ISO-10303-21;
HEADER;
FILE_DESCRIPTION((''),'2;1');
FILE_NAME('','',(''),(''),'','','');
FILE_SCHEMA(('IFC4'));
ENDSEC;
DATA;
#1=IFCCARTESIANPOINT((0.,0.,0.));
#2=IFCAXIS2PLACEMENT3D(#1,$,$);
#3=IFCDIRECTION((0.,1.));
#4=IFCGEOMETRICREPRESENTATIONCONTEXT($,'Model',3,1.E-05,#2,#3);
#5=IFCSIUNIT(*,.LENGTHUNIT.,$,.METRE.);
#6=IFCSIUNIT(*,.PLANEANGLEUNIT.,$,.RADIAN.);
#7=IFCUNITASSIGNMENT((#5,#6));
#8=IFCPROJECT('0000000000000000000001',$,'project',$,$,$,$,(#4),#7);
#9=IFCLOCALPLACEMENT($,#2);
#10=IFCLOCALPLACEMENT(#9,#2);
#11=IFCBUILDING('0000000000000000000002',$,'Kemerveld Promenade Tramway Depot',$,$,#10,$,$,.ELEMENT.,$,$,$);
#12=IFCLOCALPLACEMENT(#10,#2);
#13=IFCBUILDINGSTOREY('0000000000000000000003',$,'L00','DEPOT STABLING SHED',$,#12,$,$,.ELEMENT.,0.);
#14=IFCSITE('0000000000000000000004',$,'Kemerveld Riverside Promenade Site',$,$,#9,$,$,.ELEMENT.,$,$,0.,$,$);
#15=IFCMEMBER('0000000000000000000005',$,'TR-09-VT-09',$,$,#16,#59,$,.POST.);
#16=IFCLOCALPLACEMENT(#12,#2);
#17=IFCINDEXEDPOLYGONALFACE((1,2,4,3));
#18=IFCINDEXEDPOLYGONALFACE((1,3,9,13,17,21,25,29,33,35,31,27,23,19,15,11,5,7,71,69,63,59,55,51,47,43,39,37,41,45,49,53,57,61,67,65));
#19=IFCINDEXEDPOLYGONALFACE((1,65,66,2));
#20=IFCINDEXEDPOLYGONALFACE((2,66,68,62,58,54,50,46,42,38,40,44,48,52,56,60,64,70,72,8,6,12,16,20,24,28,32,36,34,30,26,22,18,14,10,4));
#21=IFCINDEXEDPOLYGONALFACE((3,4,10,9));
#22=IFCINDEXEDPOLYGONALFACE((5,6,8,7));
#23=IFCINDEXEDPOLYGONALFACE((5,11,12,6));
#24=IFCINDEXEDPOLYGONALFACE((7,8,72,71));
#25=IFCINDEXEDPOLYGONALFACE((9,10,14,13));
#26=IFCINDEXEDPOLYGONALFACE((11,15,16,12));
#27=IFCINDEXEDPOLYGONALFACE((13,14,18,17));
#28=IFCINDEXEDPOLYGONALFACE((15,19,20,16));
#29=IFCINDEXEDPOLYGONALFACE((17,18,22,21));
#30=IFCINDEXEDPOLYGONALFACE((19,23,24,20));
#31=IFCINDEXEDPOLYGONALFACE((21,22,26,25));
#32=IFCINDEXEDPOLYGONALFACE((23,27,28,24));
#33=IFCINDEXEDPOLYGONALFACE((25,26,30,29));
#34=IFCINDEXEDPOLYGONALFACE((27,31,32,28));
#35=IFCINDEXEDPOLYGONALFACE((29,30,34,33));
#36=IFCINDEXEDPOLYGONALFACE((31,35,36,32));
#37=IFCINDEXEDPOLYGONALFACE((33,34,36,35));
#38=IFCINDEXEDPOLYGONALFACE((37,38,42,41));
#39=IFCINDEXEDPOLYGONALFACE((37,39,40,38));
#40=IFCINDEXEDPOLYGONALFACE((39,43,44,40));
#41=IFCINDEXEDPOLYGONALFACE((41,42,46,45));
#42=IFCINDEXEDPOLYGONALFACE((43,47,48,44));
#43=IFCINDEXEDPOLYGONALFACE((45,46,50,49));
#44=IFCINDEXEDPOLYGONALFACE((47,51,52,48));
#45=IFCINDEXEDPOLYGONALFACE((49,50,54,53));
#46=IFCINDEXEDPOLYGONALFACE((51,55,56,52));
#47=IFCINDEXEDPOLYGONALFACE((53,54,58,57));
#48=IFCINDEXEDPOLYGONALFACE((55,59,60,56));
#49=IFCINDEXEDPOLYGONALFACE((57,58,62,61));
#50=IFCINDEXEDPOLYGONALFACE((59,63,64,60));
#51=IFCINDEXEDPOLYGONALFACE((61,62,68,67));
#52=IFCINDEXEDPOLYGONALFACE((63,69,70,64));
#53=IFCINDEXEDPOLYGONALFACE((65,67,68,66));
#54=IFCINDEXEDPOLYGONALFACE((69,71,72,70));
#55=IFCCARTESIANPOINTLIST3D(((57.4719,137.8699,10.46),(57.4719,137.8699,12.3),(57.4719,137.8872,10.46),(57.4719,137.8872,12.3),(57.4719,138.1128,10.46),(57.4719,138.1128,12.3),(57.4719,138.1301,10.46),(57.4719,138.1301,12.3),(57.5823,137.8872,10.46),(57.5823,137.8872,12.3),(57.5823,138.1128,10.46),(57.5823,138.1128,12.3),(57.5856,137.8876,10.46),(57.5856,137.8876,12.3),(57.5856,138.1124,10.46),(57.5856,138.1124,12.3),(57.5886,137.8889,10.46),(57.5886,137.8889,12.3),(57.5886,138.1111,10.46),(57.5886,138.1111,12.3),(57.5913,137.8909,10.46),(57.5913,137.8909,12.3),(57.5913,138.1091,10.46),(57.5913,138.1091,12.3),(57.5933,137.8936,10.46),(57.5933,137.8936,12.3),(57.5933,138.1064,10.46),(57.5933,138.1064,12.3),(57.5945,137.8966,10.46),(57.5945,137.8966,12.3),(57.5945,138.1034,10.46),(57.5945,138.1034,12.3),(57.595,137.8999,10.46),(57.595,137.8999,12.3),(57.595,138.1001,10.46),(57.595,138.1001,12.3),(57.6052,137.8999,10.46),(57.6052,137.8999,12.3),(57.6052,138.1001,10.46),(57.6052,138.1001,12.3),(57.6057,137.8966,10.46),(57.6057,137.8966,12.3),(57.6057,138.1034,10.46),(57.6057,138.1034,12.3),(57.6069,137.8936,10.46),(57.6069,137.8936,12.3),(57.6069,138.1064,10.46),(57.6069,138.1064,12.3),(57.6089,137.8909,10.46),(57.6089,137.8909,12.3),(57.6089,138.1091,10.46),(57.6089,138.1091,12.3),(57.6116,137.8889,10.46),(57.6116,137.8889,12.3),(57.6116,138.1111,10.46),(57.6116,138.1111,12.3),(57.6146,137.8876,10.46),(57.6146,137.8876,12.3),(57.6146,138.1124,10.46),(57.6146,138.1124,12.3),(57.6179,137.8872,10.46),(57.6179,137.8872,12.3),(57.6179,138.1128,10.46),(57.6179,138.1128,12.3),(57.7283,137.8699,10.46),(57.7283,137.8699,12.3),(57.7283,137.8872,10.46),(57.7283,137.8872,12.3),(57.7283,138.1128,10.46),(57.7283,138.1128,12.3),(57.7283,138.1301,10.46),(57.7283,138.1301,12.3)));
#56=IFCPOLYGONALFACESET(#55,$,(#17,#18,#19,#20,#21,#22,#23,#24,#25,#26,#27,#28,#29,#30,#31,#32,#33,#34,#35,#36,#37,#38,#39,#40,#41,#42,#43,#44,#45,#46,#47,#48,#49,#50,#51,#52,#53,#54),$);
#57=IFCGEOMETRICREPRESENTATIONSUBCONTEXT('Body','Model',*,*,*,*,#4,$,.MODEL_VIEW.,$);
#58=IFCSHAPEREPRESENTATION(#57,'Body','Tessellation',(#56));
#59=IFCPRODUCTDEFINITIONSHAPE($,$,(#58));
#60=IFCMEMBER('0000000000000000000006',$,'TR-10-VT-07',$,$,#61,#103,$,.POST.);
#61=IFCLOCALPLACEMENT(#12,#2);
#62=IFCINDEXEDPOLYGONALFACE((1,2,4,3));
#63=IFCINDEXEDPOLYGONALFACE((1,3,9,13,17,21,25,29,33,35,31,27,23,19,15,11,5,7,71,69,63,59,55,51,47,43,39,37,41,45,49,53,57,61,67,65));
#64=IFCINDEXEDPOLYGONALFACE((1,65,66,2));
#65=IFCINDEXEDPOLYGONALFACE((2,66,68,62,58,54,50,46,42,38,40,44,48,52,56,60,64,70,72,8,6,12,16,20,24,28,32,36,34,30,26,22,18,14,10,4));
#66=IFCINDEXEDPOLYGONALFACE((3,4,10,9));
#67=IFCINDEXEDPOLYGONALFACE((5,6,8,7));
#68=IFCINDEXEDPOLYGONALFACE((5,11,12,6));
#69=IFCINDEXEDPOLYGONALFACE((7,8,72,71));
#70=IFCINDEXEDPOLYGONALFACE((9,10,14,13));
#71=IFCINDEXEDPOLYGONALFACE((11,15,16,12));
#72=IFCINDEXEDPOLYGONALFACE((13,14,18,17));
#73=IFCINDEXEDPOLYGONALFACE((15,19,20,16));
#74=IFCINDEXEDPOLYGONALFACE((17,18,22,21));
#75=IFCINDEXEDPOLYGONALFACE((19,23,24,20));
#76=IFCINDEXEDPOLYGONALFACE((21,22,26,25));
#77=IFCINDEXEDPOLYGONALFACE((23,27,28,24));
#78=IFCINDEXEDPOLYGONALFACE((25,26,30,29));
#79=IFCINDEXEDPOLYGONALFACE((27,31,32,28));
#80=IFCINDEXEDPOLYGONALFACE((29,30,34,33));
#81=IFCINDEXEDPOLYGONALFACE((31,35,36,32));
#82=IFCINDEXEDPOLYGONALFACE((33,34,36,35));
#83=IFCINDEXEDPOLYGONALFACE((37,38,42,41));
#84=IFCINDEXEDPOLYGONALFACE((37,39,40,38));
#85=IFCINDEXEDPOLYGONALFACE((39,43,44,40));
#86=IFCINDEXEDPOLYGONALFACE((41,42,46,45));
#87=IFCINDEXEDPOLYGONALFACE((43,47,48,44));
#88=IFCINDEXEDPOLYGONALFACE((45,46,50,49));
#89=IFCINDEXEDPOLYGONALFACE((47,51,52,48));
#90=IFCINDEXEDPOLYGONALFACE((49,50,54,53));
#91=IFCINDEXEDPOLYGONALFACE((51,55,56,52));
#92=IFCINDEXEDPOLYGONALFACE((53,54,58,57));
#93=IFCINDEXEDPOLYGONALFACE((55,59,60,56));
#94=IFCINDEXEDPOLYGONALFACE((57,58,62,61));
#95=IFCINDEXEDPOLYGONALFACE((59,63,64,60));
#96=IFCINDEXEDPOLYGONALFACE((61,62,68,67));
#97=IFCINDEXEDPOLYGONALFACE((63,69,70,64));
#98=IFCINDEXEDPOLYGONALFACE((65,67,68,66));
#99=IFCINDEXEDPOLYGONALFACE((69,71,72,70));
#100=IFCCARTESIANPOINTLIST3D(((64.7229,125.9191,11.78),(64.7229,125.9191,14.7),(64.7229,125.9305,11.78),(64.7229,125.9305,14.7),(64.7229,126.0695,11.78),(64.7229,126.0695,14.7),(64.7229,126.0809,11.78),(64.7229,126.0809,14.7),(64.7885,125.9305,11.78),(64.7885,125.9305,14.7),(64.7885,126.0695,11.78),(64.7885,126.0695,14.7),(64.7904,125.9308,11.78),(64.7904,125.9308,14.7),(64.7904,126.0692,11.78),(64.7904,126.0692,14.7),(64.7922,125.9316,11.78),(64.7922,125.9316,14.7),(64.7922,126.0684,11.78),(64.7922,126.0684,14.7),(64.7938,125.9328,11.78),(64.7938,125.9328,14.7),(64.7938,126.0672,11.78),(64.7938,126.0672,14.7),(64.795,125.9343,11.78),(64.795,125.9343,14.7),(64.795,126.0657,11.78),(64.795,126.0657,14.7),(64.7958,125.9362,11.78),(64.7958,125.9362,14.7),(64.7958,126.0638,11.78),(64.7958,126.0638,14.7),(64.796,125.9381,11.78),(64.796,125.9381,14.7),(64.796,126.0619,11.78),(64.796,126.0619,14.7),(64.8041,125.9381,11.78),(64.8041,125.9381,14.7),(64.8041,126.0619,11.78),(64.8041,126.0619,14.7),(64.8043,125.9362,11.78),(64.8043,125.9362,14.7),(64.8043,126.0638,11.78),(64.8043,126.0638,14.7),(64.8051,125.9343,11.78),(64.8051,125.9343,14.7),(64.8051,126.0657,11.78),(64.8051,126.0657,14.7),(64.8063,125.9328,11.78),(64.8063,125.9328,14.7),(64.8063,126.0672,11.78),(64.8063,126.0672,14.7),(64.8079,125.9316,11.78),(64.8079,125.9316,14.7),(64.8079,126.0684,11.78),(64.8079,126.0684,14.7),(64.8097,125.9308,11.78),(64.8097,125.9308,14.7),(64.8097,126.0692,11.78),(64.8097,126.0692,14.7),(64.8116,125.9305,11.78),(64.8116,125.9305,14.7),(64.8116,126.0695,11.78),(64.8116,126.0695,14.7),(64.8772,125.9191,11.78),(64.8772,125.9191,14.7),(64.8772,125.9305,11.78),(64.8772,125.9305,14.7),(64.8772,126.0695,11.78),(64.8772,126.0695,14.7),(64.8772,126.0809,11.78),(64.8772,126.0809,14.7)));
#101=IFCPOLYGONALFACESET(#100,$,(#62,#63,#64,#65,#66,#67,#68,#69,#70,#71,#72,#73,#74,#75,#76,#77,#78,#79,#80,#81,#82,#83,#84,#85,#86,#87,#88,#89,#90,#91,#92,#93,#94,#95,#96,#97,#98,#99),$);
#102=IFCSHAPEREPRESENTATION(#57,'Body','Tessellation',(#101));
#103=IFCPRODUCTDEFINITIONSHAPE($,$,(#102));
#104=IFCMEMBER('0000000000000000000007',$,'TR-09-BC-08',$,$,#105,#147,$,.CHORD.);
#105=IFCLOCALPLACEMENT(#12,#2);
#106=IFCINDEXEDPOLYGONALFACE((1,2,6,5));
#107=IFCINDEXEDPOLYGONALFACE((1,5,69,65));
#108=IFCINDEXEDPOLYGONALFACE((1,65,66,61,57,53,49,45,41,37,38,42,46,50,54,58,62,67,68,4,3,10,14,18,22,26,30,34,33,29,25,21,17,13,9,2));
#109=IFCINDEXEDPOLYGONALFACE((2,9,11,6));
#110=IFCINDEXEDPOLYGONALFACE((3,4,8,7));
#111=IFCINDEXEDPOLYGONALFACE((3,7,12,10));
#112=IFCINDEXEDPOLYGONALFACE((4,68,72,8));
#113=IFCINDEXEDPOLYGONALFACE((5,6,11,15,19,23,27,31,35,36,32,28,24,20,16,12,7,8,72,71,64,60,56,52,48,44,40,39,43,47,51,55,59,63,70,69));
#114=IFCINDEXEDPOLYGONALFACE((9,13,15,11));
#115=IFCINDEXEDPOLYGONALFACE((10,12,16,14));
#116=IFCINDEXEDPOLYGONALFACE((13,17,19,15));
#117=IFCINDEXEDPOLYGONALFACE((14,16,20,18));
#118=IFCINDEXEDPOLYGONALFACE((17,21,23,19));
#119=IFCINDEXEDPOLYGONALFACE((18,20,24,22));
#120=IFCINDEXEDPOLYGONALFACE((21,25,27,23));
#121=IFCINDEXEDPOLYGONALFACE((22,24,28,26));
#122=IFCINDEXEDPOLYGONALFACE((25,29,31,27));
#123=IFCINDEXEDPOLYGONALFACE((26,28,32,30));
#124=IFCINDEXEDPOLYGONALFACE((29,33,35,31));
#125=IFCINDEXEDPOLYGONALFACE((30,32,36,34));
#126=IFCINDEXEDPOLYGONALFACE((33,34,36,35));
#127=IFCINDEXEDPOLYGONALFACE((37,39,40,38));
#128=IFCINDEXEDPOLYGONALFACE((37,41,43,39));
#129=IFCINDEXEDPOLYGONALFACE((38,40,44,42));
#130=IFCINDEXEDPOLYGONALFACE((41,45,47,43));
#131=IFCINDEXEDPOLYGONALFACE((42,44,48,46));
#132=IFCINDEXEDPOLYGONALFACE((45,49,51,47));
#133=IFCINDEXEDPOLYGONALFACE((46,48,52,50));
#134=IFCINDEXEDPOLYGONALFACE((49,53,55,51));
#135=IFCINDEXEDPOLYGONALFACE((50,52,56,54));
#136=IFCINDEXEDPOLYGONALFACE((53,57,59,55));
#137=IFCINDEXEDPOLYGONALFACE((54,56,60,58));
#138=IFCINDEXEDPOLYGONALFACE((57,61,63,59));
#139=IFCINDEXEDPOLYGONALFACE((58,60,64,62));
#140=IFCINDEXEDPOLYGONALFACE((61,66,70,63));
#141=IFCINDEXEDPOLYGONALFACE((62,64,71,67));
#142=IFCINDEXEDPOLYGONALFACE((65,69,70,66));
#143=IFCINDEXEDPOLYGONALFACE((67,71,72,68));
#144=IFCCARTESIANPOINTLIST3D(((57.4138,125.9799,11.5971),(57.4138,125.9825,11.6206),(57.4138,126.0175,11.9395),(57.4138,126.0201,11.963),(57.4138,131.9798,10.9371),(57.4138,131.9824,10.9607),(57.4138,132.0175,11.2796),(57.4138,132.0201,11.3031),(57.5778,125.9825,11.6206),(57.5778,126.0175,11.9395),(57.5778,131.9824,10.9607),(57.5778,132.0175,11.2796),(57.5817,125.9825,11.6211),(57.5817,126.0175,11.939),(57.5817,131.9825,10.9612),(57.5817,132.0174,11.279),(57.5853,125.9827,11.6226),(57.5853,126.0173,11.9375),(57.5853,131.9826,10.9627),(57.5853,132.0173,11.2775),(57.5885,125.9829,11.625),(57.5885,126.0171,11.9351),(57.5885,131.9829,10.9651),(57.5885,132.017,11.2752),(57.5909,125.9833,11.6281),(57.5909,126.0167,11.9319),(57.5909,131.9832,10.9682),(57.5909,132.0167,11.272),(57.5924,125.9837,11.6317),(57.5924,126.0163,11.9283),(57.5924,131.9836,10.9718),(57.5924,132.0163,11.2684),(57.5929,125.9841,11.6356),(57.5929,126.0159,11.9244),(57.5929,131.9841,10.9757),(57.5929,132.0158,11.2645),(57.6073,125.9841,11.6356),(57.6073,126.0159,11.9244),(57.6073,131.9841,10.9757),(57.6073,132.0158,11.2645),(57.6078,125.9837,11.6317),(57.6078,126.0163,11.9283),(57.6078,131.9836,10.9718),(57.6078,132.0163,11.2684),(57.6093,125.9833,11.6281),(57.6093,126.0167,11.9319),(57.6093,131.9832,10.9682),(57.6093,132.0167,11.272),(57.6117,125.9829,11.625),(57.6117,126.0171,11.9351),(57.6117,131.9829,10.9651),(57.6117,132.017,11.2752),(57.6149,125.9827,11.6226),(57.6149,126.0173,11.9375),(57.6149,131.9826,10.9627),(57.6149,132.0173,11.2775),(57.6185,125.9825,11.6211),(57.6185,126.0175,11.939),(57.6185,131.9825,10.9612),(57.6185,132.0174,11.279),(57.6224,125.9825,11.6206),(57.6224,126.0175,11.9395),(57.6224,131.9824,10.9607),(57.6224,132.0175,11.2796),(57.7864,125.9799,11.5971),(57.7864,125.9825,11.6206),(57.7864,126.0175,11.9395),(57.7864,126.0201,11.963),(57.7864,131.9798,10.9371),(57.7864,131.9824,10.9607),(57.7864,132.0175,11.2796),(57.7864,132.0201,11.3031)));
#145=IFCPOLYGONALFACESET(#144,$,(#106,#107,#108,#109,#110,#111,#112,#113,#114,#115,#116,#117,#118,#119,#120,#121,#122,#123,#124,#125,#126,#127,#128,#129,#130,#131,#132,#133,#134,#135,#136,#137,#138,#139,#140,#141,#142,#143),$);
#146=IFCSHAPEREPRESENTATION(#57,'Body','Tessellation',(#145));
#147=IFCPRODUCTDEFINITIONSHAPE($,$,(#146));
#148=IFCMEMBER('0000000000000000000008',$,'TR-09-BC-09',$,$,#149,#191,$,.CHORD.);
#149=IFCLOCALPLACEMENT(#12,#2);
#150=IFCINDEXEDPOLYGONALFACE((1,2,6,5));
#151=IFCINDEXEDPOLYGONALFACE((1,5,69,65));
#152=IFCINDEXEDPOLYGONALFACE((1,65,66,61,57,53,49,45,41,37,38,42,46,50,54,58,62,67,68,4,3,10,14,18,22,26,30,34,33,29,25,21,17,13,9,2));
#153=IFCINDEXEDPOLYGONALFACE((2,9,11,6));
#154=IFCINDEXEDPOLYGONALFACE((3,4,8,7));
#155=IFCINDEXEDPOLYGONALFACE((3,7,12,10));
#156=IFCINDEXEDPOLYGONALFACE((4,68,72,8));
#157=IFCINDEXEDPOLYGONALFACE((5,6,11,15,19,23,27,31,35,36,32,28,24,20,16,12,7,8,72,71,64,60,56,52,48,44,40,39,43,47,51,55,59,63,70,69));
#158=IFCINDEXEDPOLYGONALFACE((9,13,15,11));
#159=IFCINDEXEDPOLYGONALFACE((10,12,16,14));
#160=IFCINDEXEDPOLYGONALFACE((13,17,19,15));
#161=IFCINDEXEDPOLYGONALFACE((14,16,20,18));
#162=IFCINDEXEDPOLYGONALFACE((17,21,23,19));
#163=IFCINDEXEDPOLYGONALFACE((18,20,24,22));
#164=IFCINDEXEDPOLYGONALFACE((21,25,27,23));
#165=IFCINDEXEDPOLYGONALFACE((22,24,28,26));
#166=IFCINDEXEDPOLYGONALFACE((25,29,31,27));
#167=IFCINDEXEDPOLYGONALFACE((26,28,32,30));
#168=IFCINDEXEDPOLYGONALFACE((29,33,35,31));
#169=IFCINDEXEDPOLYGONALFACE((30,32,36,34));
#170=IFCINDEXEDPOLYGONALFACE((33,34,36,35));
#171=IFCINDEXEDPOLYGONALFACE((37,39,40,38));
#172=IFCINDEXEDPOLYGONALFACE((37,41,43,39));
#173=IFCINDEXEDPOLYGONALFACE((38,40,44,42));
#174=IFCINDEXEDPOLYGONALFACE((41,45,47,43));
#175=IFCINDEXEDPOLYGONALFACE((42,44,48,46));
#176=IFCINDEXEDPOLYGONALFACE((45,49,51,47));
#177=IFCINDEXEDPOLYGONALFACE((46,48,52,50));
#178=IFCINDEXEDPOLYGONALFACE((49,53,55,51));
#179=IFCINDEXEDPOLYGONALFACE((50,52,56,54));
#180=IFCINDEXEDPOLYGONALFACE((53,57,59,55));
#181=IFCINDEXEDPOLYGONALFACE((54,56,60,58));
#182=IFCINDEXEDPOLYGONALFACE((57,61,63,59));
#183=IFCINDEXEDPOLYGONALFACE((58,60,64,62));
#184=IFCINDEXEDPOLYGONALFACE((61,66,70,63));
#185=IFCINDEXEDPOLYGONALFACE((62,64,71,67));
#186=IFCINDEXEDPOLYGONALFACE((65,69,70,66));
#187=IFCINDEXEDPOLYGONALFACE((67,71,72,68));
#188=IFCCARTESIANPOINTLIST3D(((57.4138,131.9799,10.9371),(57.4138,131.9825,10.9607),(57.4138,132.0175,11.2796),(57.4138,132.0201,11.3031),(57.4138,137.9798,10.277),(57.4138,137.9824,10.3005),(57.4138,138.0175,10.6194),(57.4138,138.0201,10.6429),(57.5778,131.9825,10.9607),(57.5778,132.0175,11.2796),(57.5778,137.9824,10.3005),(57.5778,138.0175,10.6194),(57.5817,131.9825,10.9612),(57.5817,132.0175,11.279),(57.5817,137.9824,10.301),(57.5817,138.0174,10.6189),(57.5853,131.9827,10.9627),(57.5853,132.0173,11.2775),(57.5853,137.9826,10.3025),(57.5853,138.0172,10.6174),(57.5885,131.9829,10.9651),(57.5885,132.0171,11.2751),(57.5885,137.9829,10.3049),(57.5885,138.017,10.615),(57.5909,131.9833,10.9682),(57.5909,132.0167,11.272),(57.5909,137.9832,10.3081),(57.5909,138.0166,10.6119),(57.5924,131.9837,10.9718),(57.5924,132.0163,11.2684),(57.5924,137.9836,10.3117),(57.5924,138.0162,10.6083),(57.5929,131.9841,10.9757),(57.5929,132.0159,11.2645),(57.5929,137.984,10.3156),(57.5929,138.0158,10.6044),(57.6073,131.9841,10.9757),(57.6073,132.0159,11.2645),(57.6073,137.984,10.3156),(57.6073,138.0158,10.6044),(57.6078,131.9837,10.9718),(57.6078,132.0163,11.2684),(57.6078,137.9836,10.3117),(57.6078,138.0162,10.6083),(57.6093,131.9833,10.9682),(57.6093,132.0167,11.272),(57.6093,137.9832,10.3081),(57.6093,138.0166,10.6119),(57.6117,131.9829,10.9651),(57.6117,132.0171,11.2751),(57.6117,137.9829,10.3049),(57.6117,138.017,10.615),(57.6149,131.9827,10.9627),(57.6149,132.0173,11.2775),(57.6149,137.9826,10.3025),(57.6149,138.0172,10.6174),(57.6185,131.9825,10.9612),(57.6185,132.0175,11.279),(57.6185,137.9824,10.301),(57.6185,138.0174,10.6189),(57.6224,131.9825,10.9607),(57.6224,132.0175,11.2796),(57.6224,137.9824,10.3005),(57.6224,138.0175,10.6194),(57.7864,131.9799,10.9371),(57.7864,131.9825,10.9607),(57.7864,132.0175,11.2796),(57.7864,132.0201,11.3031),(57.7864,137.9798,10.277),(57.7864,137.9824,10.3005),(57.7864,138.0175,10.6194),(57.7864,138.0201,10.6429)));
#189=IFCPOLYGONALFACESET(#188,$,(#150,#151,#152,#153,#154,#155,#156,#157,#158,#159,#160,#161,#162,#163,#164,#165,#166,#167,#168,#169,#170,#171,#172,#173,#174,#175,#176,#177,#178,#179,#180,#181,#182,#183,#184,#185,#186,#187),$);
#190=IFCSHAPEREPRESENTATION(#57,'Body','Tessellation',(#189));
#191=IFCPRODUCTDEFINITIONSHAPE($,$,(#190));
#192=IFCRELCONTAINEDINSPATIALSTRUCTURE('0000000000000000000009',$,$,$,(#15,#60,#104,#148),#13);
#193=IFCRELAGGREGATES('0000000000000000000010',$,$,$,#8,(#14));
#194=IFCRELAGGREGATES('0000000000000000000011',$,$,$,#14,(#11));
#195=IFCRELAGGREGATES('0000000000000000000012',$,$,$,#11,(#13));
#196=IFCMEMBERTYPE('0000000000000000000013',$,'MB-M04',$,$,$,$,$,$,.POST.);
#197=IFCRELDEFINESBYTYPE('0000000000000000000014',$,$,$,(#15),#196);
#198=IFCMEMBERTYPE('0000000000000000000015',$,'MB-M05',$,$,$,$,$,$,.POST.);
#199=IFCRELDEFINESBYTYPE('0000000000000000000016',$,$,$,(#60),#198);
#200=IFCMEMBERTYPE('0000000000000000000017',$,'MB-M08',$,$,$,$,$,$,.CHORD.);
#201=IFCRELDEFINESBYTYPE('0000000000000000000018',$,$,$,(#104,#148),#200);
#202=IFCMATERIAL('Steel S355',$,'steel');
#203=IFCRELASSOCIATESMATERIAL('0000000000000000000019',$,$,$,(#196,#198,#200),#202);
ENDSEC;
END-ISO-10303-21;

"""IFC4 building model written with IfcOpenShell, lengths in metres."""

from ifc_helpers import new_model, si_unit, direction, frame, origin, origin_2d, place, context, subcontext, project, spatial, i_section, extrude, material, material_profile, profile_set, type_object, element, save


model = new_model("IFC4")

# Units and contexts
model_context = context("Model", 3, precision=1e-05, world=origin(), true_north=direction((0.0, 1.0)))
body_context = subcontext(model_context, "Body", "Model", "MODEL_VIEW")
ifc_project = project(units=[si_unit("LENGTHUNIT", "METRE"), si_unit("PLANEANGLEUNIT", "RADIAN")], contexts=[model_context])

# Site, building, storey
site_placement = place(None, origin())
site = spatial("IfcSite", under=ifc_project, at=site_placement, Name="Kemerveld Riverside Promenade Site", CompositionType="ELEMENT", RefElevation=0.0)
building_placement = place(site_placement, origin())
building = spatial("IfcBuilding", under=site, at=building_placement, Name="Kemerveld Promenade Tramway Depot", CompositionType="ELEMENT")
storey_placement = place(building_placement, origin())
storey = spatial("IfcBuildingStorey", under=building, at=storey_placement, Name="L00", Description="DEPOT STABLING SHED", CompositionType="ELEMENT", Elevation=0.0)

# Members
ifc_material_1 = material(Name="Steel S355", Category="steel")
ifc_material_profile_1 = material_profile(ifc_material_1, i_section(OverallWidth=0.2563, OverallDepth=0.2603, WebThickness=0.0103, FlangeThickness=0.0173, FilletRadius=0.0127, at=origin_2d()), Name="254x254x89 UC")
ifc_profile_set_1 = profile_set([ifc_material_profile_1], Name="Steel S355")
member_type_1 = type_object("IfcMemberType", Name="MB-M04", PredefinedType="POST", material=ifc_profile_set_1)
member_1_placement = place(storey_placement, frame((57.6001, 138.0, 10.46), z_axis=(0.0, 0.0, 1.0), x_axis=(1.0, 0.0, 0.0)))
element("IfcMember", 1, at=member_1_placement, inside=storey, type_object=member_type_1, Name="TR-09-VT-09", PredefinedType="POST", context=body_context, shape_type="SweptSolid", body=[
    extrude(i_section(OverallWidth=0.2563, OverallDepth=0.2603, WebThickness=0.0103, FlangeThickness=0.0173, FilletRadius=0.0127, at=origin_2d()), origin(), (0.0, 0.0, 1.0), 1.8401),
])
ifc_material_profile_2 = material_profile(ifc_material_1, i_section(OverallWidth=0.1543, OverallDepth=0.1619, WebThickness=0.0081, FlangeThickness=0.0115, FilletRadius=0.0076, at=origin_2d()), Name="152x152x37 UC")
ifc_profile_set_2 = profile_set([ifc_material_profile_2], Name="Steel S355")
member_type_2 = type_object("IfcMemberType", Name="MB-M05", PredefinedType="POST", material=ifc_profile_set_2)
member_2_placement = place(storey_placement, frame((64.8, 126.0, 11.78), z_axis=(0.0, 0.0, 1.0), x_axis=(1.0, 0.0, 0.0)))
element("IfcMember", 2, at=member_2_placement, inside=storey, type_object=member_type_2, Name="TR-10-VT-07", PredefinedType="POST", context=body_context, shape_type="SweptSolid", body=[
    extrude(i_section(OverallWidth=0.1543, OverallDepth=0.1619, WebThickness=0.0081, FlangeThickness=0.0115, FilletRadius=0.0076, at=origin_2d()), origin(), (0.0, 0.0, 1.0), 2.9199),
])
ifc_material_profile_3 = material_profile(ifc_material_1, i_section(OverallWidth=0.3726, OverallDepth=0.3682, WebThickness=0.0144, FlangeThickness=0.0237, FilletRadius=0.0151, at=origin_2d()), Name="356x368x177 UC")
ifc_profile_set_3 = profile_set([ifc_material_profile_3], Name="Steel S355")
member_type_3 = type_object("IfcMemberType", Name="MB-M08", PredefinedType="CHORD", material=ifc_profile_set_3)
for number, where, z_axis, x_axis, name in (
    (3, (57.6001, 126.0, 11.78), (0.0, 0.994006, -0.109326), (-1.0, 0.0, 0.0), "TR-09-BC-08"),
    (4, (57.6001, 132.0, 11.1201), (0.0, 0.994002, -0.109366), (-1.0, 0.0, 0.0), "TR-09-BC-09"),
):
    element("IfcMember", number, at=place(storey_placement, frame(where, z_axis=z_axis, x_axis=x_axis)), inside=storey, type_object=member_type_3, Name=name, PredefinedType="CHORD", context=body_context, shape_type="SweptSolid", body=[
        extrude(i_section(OverallWidth=0.3726, OverallDepth=0.3682, WebThickness=0.0144, FlangeThickness=0.0237, FilletRadius=0.0151, at=origin_2d()), origin(), (0.0, 0.0, 1.0), 6.0361),
    ])

save(model, "model.ifc")
